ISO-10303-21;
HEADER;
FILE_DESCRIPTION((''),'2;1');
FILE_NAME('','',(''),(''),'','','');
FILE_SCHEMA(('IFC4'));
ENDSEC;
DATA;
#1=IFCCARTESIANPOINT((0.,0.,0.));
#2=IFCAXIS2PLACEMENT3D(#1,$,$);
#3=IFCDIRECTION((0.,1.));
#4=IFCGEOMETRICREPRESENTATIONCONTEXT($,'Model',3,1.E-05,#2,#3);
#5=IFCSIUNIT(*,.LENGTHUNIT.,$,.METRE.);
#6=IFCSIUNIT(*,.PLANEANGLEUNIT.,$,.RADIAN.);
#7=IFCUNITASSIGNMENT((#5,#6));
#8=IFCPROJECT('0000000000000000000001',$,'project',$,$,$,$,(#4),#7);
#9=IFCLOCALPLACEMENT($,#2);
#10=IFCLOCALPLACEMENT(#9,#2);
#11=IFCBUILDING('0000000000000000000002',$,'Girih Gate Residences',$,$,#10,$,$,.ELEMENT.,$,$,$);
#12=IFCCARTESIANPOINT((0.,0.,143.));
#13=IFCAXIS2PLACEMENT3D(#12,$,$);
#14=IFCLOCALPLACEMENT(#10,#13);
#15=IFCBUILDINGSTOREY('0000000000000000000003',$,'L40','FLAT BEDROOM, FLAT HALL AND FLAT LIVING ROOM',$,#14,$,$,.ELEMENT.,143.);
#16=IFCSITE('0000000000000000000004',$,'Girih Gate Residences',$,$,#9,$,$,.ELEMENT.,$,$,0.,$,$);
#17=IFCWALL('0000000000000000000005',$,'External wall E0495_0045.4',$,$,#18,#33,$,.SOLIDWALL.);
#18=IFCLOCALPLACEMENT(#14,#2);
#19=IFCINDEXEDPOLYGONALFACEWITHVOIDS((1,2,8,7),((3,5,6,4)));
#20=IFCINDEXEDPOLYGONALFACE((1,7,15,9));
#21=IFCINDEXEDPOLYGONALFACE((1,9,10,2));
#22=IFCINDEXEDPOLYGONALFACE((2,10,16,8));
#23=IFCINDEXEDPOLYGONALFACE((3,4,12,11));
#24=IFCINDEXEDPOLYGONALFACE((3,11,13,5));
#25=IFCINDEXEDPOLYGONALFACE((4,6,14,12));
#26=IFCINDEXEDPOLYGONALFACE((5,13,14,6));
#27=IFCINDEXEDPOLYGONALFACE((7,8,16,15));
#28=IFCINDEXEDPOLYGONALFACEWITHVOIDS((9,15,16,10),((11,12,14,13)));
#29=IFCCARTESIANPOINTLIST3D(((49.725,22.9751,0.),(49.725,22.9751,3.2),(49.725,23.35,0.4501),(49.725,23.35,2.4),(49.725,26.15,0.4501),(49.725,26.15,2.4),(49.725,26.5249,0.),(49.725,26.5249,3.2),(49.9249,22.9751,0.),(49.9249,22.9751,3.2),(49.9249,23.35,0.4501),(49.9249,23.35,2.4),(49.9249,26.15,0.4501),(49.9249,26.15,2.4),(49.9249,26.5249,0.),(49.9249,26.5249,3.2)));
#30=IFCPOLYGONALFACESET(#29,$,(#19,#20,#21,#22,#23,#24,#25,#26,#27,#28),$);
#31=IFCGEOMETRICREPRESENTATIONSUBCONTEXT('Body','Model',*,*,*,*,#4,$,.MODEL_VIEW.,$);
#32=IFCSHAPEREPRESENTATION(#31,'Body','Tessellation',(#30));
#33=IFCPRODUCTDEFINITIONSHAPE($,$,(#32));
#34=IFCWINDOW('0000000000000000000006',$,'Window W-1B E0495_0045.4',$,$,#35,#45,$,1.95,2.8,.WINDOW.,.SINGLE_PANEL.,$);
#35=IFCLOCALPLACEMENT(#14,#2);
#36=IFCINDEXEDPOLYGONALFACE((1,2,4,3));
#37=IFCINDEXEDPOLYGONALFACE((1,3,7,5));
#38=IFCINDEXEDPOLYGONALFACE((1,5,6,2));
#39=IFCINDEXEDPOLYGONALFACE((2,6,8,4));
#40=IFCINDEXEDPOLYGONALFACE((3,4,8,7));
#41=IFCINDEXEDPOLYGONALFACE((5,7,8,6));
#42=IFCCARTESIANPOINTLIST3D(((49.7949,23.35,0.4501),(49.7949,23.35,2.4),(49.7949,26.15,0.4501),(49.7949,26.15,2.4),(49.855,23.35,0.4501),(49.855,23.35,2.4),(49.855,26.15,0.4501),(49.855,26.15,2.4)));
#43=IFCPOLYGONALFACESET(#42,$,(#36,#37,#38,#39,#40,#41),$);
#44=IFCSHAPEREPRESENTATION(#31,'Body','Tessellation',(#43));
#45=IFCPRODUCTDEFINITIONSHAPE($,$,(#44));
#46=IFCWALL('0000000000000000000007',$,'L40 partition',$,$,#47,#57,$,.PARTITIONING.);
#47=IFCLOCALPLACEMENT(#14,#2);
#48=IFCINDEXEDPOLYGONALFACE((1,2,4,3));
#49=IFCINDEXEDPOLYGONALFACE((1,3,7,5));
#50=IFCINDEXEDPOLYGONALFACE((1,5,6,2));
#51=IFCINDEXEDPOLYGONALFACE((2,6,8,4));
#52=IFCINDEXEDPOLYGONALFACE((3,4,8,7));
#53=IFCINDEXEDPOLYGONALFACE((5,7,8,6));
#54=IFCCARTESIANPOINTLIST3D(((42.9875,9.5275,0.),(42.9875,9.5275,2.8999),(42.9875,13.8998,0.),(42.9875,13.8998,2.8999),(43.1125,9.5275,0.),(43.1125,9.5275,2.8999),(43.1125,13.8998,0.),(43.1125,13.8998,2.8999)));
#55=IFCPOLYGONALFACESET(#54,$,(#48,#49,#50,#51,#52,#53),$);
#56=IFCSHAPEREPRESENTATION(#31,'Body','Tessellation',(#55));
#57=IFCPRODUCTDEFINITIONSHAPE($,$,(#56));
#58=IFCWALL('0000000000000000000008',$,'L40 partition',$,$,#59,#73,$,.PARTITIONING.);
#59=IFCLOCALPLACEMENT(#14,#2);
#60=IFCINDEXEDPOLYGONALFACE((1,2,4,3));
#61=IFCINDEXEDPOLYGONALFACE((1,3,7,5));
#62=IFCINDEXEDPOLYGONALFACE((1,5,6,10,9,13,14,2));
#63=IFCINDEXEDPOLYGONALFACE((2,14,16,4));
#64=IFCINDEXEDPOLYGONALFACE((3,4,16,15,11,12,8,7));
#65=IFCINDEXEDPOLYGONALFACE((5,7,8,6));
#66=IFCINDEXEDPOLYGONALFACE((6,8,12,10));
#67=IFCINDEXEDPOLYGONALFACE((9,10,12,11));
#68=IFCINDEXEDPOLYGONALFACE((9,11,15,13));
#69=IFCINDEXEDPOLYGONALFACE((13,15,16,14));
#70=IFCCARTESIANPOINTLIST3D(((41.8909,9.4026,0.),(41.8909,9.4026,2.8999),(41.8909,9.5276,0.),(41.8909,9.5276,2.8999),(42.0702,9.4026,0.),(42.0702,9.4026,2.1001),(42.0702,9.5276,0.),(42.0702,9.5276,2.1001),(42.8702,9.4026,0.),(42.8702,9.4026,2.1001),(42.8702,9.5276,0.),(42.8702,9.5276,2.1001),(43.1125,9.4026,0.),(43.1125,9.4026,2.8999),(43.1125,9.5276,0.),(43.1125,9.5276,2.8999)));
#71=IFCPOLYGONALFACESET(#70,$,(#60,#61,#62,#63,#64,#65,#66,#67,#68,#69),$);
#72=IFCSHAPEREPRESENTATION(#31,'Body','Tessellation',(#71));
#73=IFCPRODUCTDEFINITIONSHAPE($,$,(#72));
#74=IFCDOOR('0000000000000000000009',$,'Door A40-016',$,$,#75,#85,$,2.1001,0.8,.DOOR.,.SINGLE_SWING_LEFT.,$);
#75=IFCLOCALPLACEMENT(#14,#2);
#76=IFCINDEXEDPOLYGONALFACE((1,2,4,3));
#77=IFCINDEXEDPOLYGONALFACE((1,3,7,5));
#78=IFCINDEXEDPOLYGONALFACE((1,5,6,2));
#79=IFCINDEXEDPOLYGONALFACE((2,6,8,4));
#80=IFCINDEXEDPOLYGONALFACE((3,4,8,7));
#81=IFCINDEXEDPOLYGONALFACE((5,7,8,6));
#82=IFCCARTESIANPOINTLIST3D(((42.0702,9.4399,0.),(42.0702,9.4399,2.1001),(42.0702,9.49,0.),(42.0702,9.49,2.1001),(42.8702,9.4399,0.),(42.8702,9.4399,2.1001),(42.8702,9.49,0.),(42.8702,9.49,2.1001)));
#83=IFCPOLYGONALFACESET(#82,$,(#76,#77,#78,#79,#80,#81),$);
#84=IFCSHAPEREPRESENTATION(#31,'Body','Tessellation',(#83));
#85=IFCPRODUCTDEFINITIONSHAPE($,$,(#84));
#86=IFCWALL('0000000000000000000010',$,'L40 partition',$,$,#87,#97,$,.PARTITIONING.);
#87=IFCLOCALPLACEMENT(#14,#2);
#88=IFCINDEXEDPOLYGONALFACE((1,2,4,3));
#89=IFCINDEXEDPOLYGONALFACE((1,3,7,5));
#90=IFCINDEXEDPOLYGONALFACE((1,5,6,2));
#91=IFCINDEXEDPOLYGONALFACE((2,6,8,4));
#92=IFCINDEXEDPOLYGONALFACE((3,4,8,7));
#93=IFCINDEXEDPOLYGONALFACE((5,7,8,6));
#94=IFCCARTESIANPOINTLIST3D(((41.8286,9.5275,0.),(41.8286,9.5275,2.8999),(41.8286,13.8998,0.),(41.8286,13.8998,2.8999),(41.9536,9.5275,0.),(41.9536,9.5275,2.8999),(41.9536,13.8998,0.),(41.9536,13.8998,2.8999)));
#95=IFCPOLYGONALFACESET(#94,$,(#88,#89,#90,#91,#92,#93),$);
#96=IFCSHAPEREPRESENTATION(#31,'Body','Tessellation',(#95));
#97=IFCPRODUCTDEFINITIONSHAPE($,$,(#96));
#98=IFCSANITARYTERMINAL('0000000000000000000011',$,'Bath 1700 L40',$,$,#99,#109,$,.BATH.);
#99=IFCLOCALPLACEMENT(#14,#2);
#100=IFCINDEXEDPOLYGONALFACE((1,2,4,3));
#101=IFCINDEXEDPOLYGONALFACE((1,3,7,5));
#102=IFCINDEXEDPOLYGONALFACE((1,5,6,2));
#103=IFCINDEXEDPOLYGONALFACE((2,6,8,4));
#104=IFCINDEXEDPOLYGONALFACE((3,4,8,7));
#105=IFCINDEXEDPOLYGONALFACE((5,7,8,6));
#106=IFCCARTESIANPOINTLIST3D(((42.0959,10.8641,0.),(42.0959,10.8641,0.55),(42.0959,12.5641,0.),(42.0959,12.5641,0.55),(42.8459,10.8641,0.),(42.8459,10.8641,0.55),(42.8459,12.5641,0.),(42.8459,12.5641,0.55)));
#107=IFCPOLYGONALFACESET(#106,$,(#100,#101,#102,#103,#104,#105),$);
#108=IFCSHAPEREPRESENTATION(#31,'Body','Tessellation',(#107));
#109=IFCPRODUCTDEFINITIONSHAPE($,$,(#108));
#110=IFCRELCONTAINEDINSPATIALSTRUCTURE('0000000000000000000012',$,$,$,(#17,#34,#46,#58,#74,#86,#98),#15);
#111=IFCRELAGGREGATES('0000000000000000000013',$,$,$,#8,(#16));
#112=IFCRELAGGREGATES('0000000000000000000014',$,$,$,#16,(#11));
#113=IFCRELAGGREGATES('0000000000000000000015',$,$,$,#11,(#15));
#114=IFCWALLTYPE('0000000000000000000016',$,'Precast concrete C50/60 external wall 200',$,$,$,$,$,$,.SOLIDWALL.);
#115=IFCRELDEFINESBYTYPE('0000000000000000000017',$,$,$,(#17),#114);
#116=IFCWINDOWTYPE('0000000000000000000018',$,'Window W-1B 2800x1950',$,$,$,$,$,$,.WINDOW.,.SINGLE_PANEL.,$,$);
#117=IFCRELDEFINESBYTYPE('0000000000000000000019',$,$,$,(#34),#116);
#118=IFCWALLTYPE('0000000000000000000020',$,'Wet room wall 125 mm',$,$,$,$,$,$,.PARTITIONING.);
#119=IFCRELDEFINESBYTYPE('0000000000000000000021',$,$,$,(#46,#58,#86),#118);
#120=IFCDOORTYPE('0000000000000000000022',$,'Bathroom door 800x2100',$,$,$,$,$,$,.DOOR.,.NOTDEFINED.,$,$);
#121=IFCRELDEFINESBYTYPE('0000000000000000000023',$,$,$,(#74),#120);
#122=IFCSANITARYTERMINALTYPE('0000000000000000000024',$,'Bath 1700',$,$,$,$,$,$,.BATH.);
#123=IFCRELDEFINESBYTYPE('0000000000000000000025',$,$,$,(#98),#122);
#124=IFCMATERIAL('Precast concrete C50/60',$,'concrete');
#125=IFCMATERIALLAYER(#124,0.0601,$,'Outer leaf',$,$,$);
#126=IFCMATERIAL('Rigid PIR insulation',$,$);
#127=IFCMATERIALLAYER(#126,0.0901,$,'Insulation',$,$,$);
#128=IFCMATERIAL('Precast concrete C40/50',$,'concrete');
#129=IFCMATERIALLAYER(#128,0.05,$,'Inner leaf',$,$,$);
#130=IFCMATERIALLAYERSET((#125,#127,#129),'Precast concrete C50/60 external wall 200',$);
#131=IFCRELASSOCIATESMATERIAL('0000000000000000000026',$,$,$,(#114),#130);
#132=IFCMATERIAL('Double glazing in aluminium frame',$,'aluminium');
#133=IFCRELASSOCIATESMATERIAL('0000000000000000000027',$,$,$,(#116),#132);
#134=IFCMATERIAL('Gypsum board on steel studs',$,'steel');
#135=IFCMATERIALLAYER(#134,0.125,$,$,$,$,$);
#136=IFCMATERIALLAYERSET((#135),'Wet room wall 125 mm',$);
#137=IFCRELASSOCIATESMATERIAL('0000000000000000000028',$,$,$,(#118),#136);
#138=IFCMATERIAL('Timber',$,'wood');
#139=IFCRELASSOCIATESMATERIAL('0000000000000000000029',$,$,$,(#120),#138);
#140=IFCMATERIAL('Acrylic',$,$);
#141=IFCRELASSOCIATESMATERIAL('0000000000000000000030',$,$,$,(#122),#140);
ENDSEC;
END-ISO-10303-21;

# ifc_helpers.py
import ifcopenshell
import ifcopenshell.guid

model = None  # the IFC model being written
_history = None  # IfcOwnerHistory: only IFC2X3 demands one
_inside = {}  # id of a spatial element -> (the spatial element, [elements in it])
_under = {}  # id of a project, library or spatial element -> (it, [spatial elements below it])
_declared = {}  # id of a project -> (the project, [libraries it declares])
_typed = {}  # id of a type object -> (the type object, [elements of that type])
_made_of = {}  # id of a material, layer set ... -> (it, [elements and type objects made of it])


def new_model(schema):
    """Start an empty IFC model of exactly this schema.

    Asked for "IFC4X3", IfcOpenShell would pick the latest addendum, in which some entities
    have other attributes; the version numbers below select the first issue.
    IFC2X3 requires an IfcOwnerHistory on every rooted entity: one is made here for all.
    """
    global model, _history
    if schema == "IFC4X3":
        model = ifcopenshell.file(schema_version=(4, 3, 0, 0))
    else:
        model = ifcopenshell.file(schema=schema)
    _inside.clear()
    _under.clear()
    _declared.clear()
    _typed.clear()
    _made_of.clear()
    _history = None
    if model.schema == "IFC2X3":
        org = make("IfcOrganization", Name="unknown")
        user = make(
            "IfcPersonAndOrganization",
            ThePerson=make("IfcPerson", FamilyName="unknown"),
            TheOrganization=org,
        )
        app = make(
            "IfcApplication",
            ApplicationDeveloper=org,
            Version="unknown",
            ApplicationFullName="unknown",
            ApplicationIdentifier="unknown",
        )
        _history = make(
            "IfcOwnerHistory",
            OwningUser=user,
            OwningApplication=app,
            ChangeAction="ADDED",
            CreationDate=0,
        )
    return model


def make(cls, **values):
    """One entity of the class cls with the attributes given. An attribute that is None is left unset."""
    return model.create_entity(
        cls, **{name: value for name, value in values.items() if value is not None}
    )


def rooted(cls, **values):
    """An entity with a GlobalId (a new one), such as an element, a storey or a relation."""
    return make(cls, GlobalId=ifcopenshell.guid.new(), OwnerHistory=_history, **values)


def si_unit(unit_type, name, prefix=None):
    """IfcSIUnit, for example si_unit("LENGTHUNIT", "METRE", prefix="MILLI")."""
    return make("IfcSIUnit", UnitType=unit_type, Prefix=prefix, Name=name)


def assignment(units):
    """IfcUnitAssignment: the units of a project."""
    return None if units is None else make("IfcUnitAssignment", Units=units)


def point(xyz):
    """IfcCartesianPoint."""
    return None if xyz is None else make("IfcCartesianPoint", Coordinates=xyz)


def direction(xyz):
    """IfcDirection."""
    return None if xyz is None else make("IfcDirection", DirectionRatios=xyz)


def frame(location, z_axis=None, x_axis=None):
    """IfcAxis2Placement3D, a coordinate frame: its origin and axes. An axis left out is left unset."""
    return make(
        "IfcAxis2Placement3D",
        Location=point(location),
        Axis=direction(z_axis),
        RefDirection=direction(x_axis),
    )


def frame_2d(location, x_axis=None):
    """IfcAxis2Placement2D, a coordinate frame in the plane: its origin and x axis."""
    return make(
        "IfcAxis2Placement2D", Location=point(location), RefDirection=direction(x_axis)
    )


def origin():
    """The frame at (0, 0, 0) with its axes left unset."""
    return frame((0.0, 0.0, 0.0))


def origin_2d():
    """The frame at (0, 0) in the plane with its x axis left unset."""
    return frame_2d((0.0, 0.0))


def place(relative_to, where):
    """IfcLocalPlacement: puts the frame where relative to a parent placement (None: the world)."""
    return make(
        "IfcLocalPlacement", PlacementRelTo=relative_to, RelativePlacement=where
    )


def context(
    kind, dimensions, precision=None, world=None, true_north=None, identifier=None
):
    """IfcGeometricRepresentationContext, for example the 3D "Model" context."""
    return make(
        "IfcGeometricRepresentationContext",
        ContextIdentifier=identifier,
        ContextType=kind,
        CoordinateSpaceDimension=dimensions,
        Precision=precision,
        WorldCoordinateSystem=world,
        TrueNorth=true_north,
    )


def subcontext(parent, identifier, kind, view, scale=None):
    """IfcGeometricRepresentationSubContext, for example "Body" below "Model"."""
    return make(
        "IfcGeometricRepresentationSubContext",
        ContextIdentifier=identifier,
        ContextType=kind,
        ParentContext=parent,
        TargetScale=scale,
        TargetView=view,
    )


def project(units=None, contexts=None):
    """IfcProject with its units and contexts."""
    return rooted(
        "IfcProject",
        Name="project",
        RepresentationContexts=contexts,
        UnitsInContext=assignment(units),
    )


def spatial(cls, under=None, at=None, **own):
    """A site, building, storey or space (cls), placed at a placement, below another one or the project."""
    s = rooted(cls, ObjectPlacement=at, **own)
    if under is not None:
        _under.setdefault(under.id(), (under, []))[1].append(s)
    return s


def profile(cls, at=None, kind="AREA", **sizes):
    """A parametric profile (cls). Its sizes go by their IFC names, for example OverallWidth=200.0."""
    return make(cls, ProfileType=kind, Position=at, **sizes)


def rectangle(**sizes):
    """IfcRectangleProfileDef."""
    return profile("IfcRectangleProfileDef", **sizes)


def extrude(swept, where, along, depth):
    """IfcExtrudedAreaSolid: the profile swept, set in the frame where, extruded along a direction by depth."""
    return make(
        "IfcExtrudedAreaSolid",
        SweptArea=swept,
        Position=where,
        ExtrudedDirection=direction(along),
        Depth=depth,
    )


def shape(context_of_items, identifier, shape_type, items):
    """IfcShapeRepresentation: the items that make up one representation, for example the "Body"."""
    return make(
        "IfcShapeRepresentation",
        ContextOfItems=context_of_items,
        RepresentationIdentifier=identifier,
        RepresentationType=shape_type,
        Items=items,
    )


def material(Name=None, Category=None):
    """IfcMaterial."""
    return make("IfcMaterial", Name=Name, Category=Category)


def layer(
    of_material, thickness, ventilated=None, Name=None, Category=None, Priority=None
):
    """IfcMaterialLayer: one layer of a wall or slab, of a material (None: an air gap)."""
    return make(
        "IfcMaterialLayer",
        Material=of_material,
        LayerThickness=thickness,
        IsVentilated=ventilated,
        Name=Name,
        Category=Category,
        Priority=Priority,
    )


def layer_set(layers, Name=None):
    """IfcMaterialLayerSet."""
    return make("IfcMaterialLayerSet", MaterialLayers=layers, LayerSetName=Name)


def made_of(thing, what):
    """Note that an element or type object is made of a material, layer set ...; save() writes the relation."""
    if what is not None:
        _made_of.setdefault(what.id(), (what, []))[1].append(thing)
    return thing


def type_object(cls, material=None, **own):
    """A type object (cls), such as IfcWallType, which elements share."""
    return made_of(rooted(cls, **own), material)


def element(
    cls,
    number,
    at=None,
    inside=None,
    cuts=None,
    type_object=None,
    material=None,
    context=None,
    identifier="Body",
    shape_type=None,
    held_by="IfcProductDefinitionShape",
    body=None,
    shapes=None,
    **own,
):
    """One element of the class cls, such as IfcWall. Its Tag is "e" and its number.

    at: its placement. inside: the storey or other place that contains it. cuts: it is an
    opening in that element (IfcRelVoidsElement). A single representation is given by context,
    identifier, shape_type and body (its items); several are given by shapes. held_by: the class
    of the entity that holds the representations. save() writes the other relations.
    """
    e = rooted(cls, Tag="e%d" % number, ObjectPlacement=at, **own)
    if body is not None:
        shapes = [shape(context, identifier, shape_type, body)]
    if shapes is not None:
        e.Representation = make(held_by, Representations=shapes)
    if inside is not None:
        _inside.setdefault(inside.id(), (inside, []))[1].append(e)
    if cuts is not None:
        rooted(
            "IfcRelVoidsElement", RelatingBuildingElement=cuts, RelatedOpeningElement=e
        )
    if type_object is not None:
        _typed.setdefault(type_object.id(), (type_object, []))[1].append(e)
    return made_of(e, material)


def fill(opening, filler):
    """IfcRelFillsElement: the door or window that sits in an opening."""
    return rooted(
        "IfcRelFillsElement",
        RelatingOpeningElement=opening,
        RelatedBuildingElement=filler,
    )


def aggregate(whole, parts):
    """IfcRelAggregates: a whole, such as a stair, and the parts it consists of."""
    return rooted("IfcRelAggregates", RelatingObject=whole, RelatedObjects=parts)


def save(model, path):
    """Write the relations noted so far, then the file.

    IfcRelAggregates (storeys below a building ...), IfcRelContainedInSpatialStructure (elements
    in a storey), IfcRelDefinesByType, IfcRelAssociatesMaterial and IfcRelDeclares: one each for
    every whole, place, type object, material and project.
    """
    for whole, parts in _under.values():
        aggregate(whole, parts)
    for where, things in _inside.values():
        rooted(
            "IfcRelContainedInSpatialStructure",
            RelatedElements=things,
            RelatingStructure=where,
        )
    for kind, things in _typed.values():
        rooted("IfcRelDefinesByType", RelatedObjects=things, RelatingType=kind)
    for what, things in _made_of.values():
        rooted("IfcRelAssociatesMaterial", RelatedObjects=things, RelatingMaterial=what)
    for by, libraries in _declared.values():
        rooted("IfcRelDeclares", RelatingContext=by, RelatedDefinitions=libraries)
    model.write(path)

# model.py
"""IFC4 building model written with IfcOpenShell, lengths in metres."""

from ifc_helpers import new_model, si_unit, direction, frame, frame_2d, origin, origin_2d, place, context, subcontext, project, spatial, rectangle, extrude, material, layer, layer_set, type_object, element, fill, save


model = new_model("IFC4")

# Units and contexts
model_context = context("Model", 3, precision=1e-05, world=origin(), true_north=direction((0.0, 1.0)))
body_context = subcontext(model_context, "Body", "Model", "MODEL_VIEW")
ifc_project = project(units=[si_unit("LENGTHUNIT", "METRE"), si_unit("PLANEANGLEUNIT", "RADIAN")], contexts=[model_context])

# Site, building, storey
site_placement = place(None, origin())
site = spatial("IfcSite", under=ifc_project, at=site_placement, Name="Girih Gate Residences", CompositionType="ELEMENT", RefElevation=0.0)
building_placement = place(site_placement, origin())
building = spatial("IfcBuilding", under=site, at=building_placement, Name="Girih Gate Residences", CompositionType="ELEMENT")
storey_placement = place(building_placement, frame((0.0, 0.0, 143.0)))
storey = spatial("IfcBuildingStorey", under=building, at=storey_placement, Name="L40", Description="FLAT BEDROOM, FLAT HALL AND FLAT LIVING ROOM", CompositionType="ELEMENT", Elevation=143.0)

# Shared definitions
ifc_material_1 = material(Name="Gypsum board on steel studs", Category="steel")

# Shared definitions
ifc_material_2 = material(Name="Timber", Category="wood")

# Wall, opening, window
ifc_material_3 = material(Name="Precast concrete C50/60", Category="concrete")
ifc_layer_1 = layer(ifc_material_3, 0.0601, Name="Outer leaf")
ifc_material_4 = material(Name="Rigid PIR insulation")
ifc_layer_2 = layer(ifc_material_4, 0.0901, Name="Insulation")
ifc_material_5 = material(Name="Precast concrete C40/50", Category="concrete")
ifc_layer_3 = layer(ifc_material_5, 0.05, Name="Inner leaf")
ifc_layer_set_1 = layer_set([ifc_layer_1, ifc_layer_2, ifc_layer_3], Name="Precast concrete C50/60 external wall 200")
wall_type_1 = type_object("IfcWallType", Name="Precast concrete C50/60 external wall 200", PredefinedType="SOLIDWALL", material=ifc_layer_set_1)
ifc_material_6 = material(Name="Double glazing in aluminium frame", Category="aluminium")
window_type = type_object("IfcWindowType", Name="Window W-1B 2800x1950", PartitioningType="SINGLE_PANEL", PredefinedType="WINDOW", material=ifc_material_6)
wall_1_placement = place(storey_placement, frame((49.825, 26.5249, 0.0), z_axis=(0.0, 0.0, 1.0), x_axis=(0.0, -1.0, 0.0)))
wall_1 = element("IfcWall", 1, at=wall_1_placement, inside=storey, type_object=wall_type_1, Name="External wall E0495_0045.4", PredefinedType="SOLIDWALL", context=body_context, shape_type="SweptSolid", body=[
    extrude(rectangle(XDim=3.5498, YDim=0.2, at=frame_2d((1.7749, 0.0))), origin(), (0.0, 0.0, 1.0), 3.2),
])
opening_1_placement = place(wall_1_placement, frame((0.375, 0.0, 0.45)))
opening_1 = element("IfcOpeningElement", 2, at=opening_1_placement, cuts=wall_1, PredefinedType="OPENING", context=body_context, shape_type="SweptSolid", body=[
    extrude(rectangle(XDim=2.8, YDim=1.95, at=frame_2d((1.3999, 0.9751))), frame((0.0, 0.1099, 0.0), z_axis=(0.0, -1.0, 0.0), x_axis=(1.0, 0.0, 0.0)), (0.0, 0.0, 1.0), 0.22),
])
window_1_placement = place(opening_1_placement, origin())
window_1 = element("IfcWindow", 3, at=window_1_placement, inside=storey, type_object=window_type, Name="Window W-1B E0495_0045.4", OverallHeight=1.95, OverallWidth=2.8, PartitioningType="SINGLE_PANEL", PredefinedType="WINDOW", context=body_context, shape_type="SweptSolid", body=[
    extrude(rectangle(XDim=2.8, YDim=1.95, at=frame_2d((1.3999, 0.9751))), frame((0.0, 0.03, 0.0), z_axis=(0.0, -1.0, 0.0), x_axis=(1.0, 0.0, 0.0)), (0.0, 0.0, 1.0), 0.0601),
])
fill(opening_1, window_1)

# Wall
ifc_layer_4 = layer(ifc_material_1, 0.125)
ifc_layer_set_2 = layer_set([ifc_layer_4], Name="Wet room wall 125 mm")
wall_type_2 = type_object("IfcWallType", Name="Wet room wall 125 mm", PredefinedType="PARTITIONING", material=ifc_layer_set_2)
wall_2_placement = place(storey_placement, frame((43.05, 9.5276, 0.0), z_axis=(0.0, 0.0, 1.0), x_axis=(0.0, 1.0, 0.0)))
element("IfcWall", 4, at=wall_2_placement, inside=storey, type_object=wall_type_2, Name="L40 partition", PredefinedType="PARTITIONING", context=body_context, shape_type="SweptSolid", body=[
    extrude(rectangle(XDim=4.3723, YDim=0.125, at=frame_2d((2.186, 0.0))), origin(), (0.0, 0.0, 1.0), 2.8999),
])

# Wall, opening, door
wall_3_placement = place(storey_placement, frame((41.8909, 9.4651, 0.0), z_axis=(0.0, 0.0, 1.0), x_axis=(1.0, 0.0, 0.0)))
wall_3 = element("IfcWall", 5, at=wall_3_placement, inside=storey, type_object=wall_type_2, Name="L40 partition", PredefinedType="PARTITIONING", context=body_context, shape_type="SweptSolid", body=[
    extrude(rectangle(XDim=1.2217, YDim=0.125, at=frame_2d((0.6108, 0.0))), origin(), (0.0, 0.0, 1.0), 2.8999),
])
opening_2_placement = place(wall_3_placement, frame((0.1794, 0.0, 0.0)))
opening_2 = element("IfcOpeningElement", 6, at=opening_2_placement, cuts=wall_3, PredefinedType="OPENING", context=body_context, shape_type="SweptSolid", body=[
    extrude(rectangle(XDim=0.8, YDim=2.1001, at=frame_2d((0.3999, 1.05))), frame((0.0, 0.0725, 0.0), z_axis=(0.0, -1.0, 0.0), x_axis=(1.0, 0.0, 0.0)), (0.0, 0.0, 1.0), 0.145),
])
door_type_1 = type_object("IfcDoorType", Name="Bathroom door 800x2100", OperationType="NOTDEFINED", PredefinedType="DOOR", material=ifc_material_2)
door_1_placement = place(opening_2_placement, origin())
door_1 = element("IfcDoor", 7, at=door_1_placement, inside=storey, type_object=door_type_1, Name="Door A40-016", OperationType="SINGLE_SWING_LEFT", OverallHeight=2.1001, OverallWidth=0.8, PredefinedType="DOOR", context=body_context, shape_type="SweptSolid", body=[
    extrude(rectangle(XDim=0.8, YDim=2.1001, at=frame_2d((0.3999, 1.05))), frame((0.0, 0.0249, 0.0), z_axis=(0.0, -1.0, 0.0), x_axis=(1.0, 0.0, 0.0)), (0.0, 0.0, 1.0), 0.05),
])
fill(opening_2, door_1)

# Wall
wall_4_placement = place(storey_placement, frame((41.8911, 9.5276, 0.0), z_axis=(0.0, 0.0, 1.0), x_axis=(0.0, 1.0, 0.0)))
element("IfcWall", 8, at=wall_4_placement, inside=storey, type_object=wall_type_2, Name="L40 partition", PredefinedType="PARTITIONING", context=body_context, shape_type="SweptSolid", body=[
    extrude(rectangle(XDim=4.3723, YDim=0.125, at=frame_2d((2.186, 0.0))), origin(), (0.0, 0.0, 1.0), 2.8999),
])

# Sanitary terminal
ifc_material_7 = material(Name="Acrylic")
sanitary_terminal_type = type_object("IfcSanitaryTerminalType", Name="Bath 1700", PredefinedType="BATH", material=ifc_material_7)
sanitary_terminal_placement = place(storey_placement, frame((42.4709, 11.7141, 0.0), z_axis=(0.0, 0.0, 1.0), x_axis=(1.0, 0.0, 0.0)))
element("IfcSanitaryTerminal", 9, at=sanitary_terminal_placement, inside=storey, type_object=sanitary_terminal_type, Name="Bath 1700 L40", PredefinedType="BATH", context=body_context, shape_type="SweptSolid", body=[
    extrude(rectangle(XDim=0.75, YDim=1.7, at=origin_2d()), origin(), (0.0, 0.0, 1.0), 0.55),
])

save(model, "model.ifc")
